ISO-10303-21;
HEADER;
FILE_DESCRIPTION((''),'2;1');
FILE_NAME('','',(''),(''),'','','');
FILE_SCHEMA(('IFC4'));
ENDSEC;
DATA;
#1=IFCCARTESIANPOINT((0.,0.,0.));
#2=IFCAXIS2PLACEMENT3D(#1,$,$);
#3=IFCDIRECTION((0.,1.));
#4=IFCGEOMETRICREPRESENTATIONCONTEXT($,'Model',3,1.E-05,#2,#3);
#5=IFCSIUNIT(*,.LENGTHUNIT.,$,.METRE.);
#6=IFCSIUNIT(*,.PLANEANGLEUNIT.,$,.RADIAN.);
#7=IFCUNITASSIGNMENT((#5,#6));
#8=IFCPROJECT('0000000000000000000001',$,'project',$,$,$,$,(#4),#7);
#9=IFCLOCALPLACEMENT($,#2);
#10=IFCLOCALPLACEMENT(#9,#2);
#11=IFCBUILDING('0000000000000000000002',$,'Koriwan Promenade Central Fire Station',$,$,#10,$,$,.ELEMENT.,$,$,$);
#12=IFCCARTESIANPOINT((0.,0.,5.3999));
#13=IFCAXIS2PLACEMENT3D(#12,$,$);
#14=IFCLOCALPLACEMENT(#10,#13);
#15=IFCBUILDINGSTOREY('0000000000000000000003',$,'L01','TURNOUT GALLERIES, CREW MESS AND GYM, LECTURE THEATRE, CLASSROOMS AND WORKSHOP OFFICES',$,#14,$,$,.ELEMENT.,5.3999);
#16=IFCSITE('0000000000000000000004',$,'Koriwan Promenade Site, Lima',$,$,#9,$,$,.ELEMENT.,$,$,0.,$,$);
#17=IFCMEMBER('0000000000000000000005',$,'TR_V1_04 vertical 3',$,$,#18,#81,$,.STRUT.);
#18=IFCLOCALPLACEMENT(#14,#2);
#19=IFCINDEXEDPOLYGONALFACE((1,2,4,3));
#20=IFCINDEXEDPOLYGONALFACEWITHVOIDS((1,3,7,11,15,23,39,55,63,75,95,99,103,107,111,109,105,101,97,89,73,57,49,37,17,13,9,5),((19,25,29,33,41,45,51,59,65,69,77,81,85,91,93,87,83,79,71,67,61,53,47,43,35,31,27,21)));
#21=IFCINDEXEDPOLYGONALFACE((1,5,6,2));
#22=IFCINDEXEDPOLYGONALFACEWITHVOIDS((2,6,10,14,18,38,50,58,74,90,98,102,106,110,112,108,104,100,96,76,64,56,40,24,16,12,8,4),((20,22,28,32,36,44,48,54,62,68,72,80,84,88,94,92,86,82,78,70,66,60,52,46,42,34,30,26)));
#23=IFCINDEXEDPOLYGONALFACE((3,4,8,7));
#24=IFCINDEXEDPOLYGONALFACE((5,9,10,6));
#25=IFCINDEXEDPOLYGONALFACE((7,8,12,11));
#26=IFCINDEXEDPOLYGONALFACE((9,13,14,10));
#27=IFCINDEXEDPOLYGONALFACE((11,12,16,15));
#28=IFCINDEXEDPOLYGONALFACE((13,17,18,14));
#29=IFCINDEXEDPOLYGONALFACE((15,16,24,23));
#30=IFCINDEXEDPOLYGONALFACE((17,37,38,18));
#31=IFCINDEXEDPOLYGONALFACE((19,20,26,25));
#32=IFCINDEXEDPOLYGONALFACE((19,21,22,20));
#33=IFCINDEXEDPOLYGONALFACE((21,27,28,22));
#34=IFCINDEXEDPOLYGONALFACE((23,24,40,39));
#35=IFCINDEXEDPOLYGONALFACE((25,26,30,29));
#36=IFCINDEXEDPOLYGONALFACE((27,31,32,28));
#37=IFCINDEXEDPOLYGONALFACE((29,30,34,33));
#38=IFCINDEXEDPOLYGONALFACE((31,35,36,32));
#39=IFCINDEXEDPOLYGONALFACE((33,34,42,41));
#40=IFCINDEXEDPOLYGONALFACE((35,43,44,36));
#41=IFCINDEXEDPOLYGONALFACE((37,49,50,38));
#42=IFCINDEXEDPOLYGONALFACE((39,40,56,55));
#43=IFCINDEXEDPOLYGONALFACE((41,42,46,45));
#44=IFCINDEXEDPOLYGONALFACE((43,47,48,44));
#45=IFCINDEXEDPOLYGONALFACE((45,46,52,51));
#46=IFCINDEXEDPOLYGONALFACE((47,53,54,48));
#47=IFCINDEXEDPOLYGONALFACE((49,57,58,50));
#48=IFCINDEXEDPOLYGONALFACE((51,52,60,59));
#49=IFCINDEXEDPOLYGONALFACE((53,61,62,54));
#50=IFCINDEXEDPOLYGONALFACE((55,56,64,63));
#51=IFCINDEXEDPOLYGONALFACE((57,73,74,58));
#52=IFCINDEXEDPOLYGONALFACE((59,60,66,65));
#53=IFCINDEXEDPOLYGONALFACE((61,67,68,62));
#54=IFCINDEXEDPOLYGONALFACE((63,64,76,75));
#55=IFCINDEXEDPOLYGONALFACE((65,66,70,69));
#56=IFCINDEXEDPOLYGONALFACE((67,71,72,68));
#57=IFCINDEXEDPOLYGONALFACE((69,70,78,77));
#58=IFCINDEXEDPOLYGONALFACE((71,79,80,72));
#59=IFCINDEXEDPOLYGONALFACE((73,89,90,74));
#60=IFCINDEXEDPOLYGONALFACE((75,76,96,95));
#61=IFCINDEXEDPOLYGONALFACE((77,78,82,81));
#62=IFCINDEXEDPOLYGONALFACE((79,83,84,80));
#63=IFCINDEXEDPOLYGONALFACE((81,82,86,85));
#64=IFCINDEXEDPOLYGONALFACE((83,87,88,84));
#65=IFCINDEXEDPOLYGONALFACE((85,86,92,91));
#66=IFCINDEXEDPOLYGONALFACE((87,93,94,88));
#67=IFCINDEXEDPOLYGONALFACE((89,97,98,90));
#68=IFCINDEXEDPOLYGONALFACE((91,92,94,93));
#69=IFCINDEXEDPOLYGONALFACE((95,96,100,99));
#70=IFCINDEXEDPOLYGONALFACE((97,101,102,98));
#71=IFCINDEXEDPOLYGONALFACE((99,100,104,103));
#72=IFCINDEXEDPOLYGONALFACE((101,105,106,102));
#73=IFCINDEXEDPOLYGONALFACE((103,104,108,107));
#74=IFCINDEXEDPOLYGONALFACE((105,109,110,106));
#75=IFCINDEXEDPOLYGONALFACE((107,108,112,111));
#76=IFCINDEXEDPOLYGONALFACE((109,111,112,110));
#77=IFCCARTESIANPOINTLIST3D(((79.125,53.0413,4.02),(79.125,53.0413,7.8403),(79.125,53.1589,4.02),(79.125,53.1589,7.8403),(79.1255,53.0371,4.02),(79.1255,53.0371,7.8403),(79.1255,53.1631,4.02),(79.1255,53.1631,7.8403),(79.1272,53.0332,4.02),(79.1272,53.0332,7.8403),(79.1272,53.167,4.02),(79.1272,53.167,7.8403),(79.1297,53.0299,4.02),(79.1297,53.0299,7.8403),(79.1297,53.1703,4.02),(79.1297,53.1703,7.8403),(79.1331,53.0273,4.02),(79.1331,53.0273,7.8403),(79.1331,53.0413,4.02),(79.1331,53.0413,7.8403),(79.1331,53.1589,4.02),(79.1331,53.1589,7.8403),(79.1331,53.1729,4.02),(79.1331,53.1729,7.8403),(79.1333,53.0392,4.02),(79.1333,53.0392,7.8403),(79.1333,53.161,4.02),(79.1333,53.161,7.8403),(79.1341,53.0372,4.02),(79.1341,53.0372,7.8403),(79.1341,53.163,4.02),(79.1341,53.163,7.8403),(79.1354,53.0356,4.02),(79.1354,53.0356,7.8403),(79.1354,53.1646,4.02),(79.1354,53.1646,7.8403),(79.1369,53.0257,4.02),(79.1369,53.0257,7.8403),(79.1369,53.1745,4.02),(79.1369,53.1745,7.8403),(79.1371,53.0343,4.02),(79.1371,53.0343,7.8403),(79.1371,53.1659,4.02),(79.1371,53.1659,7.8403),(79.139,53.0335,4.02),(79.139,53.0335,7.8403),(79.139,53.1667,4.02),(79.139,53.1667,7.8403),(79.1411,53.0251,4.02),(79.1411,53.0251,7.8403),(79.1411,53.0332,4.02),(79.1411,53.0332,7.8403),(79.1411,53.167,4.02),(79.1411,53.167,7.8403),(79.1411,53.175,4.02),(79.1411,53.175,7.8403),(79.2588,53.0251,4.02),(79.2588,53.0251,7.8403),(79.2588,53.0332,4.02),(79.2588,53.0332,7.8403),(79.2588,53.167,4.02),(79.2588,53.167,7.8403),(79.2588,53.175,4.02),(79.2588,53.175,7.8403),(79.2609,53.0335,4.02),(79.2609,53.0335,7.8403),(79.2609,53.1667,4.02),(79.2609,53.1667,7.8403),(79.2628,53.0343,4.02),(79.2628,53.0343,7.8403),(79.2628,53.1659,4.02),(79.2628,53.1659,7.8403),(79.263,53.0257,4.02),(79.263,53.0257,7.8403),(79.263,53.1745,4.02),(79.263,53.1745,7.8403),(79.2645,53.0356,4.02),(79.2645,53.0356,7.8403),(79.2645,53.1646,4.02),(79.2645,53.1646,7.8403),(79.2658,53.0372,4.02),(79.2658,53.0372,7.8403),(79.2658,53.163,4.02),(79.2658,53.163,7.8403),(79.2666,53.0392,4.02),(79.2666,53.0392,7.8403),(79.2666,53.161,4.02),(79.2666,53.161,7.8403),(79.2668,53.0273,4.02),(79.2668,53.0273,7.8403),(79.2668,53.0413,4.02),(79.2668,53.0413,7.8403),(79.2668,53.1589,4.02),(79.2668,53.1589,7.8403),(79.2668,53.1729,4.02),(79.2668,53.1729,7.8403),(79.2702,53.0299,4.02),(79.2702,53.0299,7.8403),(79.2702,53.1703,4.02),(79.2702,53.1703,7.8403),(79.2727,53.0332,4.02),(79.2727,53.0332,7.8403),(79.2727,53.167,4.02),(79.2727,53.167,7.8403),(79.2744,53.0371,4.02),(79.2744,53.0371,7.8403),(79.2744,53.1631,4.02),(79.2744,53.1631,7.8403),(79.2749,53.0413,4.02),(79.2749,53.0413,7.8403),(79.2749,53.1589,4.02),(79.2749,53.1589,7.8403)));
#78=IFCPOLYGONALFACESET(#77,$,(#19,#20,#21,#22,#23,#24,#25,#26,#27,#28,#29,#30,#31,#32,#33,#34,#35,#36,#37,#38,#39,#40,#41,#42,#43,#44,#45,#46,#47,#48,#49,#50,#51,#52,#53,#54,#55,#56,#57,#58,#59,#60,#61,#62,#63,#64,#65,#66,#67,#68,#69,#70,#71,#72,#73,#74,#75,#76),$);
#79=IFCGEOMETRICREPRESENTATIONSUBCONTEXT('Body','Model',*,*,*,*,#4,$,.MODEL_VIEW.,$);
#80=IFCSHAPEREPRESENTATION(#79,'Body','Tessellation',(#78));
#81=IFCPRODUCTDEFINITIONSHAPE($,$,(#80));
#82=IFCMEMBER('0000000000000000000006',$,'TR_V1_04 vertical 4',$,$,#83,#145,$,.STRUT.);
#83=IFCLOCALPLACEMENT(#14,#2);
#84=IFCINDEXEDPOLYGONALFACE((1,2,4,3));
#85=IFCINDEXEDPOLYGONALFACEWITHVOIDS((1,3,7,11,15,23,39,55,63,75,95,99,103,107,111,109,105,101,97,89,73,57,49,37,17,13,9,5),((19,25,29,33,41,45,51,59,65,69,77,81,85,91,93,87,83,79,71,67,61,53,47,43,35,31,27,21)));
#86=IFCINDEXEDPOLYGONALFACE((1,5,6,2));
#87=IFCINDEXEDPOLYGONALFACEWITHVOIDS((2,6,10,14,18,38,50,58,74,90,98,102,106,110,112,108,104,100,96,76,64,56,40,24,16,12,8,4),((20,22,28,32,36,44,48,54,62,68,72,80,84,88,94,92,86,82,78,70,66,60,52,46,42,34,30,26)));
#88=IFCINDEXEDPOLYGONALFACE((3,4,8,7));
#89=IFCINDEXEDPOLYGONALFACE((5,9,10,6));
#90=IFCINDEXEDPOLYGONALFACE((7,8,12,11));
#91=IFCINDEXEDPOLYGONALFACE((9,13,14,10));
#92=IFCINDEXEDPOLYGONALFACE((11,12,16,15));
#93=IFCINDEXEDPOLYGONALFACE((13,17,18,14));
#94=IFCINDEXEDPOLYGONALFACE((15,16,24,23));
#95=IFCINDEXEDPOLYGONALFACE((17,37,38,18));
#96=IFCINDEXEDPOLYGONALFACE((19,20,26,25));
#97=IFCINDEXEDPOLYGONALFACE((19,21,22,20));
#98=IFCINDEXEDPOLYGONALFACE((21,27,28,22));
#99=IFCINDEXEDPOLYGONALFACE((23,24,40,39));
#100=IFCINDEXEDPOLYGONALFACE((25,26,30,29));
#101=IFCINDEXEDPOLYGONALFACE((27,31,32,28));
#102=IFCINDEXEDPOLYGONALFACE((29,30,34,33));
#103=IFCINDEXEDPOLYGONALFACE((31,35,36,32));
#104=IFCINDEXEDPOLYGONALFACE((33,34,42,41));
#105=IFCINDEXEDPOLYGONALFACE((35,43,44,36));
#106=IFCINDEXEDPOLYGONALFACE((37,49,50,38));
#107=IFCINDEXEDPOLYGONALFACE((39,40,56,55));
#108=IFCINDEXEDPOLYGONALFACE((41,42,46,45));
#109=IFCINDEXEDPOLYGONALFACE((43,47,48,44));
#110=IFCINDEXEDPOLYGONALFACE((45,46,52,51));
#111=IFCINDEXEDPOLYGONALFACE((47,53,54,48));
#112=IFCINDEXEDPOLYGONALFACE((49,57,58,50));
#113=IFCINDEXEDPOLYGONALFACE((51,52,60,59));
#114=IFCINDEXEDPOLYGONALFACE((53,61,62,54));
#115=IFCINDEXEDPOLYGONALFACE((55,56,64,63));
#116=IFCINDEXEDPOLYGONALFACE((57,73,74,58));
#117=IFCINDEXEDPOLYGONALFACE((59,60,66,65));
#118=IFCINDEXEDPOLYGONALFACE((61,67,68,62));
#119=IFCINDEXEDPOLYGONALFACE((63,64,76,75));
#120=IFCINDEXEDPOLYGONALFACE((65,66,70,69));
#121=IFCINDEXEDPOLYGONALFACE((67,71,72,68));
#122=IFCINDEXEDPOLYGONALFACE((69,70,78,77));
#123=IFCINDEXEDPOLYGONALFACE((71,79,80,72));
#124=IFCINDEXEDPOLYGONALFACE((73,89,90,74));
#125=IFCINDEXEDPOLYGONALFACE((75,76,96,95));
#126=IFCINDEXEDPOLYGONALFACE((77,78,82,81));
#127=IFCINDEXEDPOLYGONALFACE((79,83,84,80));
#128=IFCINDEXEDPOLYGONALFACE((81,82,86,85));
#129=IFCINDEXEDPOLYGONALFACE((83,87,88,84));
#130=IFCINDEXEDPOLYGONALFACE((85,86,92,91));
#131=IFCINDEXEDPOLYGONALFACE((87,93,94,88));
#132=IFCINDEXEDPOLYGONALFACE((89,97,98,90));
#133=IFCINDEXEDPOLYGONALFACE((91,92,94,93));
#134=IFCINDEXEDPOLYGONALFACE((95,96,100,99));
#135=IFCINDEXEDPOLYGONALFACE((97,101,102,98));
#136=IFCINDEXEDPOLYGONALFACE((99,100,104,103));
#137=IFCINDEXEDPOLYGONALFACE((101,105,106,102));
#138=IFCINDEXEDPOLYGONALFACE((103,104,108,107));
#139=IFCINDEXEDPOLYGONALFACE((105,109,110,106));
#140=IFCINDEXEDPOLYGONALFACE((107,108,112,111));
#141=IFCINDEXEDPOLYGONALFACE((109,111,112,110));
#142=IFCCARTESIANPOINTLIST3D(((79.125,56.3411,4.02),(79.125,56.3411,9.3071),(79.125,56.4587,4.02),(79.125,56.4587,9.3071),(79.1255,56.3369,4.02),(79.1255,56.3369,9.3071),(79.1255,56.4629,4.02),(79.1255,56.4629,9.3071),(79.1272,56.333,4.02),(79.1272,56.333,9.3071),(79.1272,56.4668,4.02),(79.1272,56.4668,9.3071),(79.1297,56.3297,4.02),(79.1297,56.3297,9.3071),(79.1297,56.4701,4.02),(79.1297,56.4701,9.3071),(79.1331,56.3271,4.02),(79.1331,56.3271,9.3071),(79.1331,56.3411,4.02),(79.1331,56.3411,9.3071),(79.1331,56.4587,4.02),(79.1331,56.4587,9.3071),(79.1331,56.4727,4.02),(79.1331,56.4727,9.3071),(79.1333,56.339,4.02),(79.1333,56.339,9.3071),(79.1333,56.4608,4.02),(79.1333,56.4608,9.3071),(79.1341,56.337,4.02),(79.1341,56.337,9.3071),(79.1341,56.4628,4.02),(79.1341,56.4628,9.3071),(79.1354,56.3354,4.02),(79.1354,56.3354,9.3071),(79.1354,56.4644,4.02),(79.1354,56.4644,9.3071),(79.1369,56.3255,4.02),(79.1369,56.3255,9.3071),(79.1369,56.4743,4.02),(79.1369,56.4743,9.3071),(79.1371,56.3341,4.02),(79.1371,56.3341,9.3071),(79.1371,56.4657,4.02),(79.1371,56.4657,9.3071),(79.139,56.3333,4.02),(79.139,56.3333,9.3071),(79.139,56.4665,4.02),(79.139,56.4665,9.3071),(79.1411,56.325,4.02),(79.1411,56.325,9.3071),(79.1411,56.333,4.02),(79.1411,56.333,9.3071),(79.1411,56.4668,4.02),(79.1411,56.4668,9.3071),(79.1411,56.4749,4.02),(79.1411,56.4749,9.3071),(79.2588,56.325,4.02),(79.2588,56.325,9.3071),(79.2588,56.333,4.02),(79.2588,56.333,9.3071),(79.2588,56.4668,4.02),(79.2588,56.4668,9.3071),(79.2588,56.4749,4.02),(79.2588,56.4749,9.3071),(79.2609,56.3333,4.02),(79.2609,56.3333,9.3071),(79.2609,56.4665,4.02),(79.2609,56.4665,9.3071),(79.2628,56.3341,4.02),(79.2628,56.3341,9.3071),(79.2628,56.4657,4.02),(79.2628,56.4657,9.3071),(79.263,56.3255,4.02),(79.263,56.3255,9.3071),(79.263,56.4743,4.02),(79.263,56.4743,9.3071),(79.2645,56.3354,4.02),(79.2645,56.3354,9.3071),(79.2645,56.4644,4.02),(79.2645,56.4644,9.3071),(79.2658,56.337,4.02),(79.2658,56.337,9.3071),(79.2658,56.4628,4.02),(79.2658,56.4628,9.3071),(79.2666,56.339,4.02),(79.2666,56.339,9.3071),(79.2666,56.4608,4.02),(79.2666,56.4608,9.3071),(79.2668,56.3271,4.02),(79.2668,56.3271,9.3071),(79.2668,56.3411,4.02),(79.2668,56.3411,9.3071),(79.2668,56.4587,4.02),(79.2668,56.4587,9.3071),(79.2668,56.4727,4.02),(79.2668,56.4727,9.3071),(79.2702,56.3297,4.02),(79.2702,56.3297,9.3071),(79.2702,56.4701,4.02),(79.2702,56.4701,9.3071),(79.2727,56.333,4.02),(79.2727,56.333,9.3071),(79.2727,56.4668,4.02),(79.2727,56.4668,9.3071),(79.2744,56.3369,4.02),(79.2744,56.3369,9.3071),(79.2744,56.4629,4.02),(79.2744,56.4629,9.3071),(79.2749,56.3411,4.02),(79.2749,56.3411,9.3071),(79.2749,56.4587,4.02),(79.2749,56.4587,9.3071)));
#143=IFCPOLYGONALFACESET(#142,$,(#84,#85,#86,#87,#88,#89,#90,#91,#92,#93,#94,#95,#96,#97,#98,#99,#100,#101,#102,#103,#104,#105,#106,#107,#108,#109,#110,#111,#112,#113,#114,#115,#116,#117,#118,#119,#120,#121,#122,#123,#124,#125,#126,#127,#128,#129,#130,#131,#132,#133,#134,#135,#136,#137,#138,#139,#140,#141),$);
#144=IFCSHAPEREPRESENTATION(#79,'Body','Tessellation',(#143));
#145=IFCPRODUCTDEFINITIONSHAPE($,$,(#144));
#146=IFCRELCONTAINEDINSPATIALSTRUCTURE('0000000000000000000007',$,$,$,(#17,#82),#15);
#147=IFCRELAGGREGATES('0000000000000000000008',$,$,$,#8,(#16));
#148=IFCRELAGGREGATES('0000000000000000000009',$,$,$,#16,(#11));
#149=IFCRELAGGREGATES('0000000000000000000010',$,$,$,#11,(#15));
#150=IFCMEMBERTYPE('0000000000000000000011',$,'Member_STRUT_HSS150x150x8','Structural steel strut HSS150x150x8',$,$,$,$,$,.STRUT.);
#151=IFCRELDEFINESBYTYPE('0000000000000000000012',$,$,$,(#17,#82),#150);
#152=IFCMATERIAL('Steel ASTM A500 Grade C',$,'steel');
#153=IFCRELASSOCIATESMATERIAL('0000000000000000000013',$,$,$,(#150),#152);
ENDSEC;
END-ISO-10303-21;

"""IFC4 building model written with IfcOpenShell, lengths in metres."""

from ifc_helpers import new_model, si_unit, direction, frame, origin, origin_2d, place, context, subcontext, project, spatial, hollow_rectangle, extrude, material, material_profile, profile_set, type_object, element, save


model = new_model("IFC4")

# Units and contexts
model_context = context("Model", 3, precision=1e-05, world=origin(), true_north=direction((0.0, 1.0)))
body_context = subcontext(model_context, "Body", "Model", "MODEL_VIEW")
ifc_project = project(units=[si_unit("LENGTHUNIT", "METRE"), si_unit("PLANEANGLEUNIT", "RADIAN")], contexts=[model_context])

# Site, building, storey
site_placement = place(None, origin())
site = spatial("IfcSite", under=ifc_project, at=site_placement, Name="Koriwan Promenade Site, Lima", CompositionType="ELEMENT", RefElevation=0.0)
building_placement = place(site_placement, origin())
building = spatial("IfcBuilding", under=site, at=building_placement, Name="Koriwan Promenade Central Fire Station", CompositionType="ELEMENT")
storey_placement = place(building_placement, frame((0.0, 0.0, 5.3999)))
storey = spatial("IfcBuildingStorey", under=building, at=storey_placement, Name="L01", Description="TURNOUT GALLERIES, CREW MESS AND GYM, LECTURE THEATRE, CLASSROOMS AND WORKSHOP OFFICES", CompositionType="ELEMENT", Elevation=5.3999)

# Members
ifc_material_1 = material(Name="Steel ASTM A500 Grade C", Category="steel")
ifc_material_profile_1 = material_profile(ifc_material_1, hollow_rectangle(XDim=0.1499, YDim=0.1499, WallThickness=0.0081, InnerFilletRadius=0.0081, OuterFilletRadius=0.0161, at=origin_2d()), Name="HSS150x150x8")
ifc_profile_set_1 = profile_set([ifc_material_profile_1], Name="Steel ASTM A500 Grade C")
member_type = type_object("IfcMemberType", Name="Member_STRUT_HSS150x150x8", Description="Structural steel strut HSS150x150x8", PredefinedType="STRUT", material=ifc_profile_set_1)
member_1_placement = place(storey_placement, frame((79.2, 53.1001, 4.02), z_axis=(0.0, 0.0, 1.0), x_axis=(1.0, 0.0, 0.0)))
element("IfcMember", 1, at=member_1_placement, inside=storey, type_object=member_type, Name="TR_V1_04 vertical 3", PredefinedType="STRUT", context=body_context, shape_type="SweptSolid", body=[
    extrude(hollow_rectangle(XDim=0.1499, YDim=0.1499, WallThickness=0.0081, InnerFilletRadius=0.0081, OuterFilletRadius=0.0161, at=origin_2d()), origin(), (0.0, 0.0, 1.0), 3.8203),
])
member_2_placement = place(storey_placement, frame((79.2, 56.3999, 4.02), z_axis=(0.0, 0.0, 1.0), x_axis=(1.0, 0.0, 0.0)))
element("IfcMember", 2, at=member_2_placement, inside=storey, type_object=member_type, Name="TR_V1_04 vertical 4", PredefinedType="STRUT", context=body_context, shape_type="SweptSolid", body=[
    extrude(hollow_rectangle(XDim=0.1499, YDim=0.1499, WallThickness=0.0081, InnerFilletRadius=0.0081, OuterFilletRadius=0.0161, at=origin_2d()), origin(), (0.0, 0.0, 1.0), 5.2871),
])

save(model, "model.ifc")
